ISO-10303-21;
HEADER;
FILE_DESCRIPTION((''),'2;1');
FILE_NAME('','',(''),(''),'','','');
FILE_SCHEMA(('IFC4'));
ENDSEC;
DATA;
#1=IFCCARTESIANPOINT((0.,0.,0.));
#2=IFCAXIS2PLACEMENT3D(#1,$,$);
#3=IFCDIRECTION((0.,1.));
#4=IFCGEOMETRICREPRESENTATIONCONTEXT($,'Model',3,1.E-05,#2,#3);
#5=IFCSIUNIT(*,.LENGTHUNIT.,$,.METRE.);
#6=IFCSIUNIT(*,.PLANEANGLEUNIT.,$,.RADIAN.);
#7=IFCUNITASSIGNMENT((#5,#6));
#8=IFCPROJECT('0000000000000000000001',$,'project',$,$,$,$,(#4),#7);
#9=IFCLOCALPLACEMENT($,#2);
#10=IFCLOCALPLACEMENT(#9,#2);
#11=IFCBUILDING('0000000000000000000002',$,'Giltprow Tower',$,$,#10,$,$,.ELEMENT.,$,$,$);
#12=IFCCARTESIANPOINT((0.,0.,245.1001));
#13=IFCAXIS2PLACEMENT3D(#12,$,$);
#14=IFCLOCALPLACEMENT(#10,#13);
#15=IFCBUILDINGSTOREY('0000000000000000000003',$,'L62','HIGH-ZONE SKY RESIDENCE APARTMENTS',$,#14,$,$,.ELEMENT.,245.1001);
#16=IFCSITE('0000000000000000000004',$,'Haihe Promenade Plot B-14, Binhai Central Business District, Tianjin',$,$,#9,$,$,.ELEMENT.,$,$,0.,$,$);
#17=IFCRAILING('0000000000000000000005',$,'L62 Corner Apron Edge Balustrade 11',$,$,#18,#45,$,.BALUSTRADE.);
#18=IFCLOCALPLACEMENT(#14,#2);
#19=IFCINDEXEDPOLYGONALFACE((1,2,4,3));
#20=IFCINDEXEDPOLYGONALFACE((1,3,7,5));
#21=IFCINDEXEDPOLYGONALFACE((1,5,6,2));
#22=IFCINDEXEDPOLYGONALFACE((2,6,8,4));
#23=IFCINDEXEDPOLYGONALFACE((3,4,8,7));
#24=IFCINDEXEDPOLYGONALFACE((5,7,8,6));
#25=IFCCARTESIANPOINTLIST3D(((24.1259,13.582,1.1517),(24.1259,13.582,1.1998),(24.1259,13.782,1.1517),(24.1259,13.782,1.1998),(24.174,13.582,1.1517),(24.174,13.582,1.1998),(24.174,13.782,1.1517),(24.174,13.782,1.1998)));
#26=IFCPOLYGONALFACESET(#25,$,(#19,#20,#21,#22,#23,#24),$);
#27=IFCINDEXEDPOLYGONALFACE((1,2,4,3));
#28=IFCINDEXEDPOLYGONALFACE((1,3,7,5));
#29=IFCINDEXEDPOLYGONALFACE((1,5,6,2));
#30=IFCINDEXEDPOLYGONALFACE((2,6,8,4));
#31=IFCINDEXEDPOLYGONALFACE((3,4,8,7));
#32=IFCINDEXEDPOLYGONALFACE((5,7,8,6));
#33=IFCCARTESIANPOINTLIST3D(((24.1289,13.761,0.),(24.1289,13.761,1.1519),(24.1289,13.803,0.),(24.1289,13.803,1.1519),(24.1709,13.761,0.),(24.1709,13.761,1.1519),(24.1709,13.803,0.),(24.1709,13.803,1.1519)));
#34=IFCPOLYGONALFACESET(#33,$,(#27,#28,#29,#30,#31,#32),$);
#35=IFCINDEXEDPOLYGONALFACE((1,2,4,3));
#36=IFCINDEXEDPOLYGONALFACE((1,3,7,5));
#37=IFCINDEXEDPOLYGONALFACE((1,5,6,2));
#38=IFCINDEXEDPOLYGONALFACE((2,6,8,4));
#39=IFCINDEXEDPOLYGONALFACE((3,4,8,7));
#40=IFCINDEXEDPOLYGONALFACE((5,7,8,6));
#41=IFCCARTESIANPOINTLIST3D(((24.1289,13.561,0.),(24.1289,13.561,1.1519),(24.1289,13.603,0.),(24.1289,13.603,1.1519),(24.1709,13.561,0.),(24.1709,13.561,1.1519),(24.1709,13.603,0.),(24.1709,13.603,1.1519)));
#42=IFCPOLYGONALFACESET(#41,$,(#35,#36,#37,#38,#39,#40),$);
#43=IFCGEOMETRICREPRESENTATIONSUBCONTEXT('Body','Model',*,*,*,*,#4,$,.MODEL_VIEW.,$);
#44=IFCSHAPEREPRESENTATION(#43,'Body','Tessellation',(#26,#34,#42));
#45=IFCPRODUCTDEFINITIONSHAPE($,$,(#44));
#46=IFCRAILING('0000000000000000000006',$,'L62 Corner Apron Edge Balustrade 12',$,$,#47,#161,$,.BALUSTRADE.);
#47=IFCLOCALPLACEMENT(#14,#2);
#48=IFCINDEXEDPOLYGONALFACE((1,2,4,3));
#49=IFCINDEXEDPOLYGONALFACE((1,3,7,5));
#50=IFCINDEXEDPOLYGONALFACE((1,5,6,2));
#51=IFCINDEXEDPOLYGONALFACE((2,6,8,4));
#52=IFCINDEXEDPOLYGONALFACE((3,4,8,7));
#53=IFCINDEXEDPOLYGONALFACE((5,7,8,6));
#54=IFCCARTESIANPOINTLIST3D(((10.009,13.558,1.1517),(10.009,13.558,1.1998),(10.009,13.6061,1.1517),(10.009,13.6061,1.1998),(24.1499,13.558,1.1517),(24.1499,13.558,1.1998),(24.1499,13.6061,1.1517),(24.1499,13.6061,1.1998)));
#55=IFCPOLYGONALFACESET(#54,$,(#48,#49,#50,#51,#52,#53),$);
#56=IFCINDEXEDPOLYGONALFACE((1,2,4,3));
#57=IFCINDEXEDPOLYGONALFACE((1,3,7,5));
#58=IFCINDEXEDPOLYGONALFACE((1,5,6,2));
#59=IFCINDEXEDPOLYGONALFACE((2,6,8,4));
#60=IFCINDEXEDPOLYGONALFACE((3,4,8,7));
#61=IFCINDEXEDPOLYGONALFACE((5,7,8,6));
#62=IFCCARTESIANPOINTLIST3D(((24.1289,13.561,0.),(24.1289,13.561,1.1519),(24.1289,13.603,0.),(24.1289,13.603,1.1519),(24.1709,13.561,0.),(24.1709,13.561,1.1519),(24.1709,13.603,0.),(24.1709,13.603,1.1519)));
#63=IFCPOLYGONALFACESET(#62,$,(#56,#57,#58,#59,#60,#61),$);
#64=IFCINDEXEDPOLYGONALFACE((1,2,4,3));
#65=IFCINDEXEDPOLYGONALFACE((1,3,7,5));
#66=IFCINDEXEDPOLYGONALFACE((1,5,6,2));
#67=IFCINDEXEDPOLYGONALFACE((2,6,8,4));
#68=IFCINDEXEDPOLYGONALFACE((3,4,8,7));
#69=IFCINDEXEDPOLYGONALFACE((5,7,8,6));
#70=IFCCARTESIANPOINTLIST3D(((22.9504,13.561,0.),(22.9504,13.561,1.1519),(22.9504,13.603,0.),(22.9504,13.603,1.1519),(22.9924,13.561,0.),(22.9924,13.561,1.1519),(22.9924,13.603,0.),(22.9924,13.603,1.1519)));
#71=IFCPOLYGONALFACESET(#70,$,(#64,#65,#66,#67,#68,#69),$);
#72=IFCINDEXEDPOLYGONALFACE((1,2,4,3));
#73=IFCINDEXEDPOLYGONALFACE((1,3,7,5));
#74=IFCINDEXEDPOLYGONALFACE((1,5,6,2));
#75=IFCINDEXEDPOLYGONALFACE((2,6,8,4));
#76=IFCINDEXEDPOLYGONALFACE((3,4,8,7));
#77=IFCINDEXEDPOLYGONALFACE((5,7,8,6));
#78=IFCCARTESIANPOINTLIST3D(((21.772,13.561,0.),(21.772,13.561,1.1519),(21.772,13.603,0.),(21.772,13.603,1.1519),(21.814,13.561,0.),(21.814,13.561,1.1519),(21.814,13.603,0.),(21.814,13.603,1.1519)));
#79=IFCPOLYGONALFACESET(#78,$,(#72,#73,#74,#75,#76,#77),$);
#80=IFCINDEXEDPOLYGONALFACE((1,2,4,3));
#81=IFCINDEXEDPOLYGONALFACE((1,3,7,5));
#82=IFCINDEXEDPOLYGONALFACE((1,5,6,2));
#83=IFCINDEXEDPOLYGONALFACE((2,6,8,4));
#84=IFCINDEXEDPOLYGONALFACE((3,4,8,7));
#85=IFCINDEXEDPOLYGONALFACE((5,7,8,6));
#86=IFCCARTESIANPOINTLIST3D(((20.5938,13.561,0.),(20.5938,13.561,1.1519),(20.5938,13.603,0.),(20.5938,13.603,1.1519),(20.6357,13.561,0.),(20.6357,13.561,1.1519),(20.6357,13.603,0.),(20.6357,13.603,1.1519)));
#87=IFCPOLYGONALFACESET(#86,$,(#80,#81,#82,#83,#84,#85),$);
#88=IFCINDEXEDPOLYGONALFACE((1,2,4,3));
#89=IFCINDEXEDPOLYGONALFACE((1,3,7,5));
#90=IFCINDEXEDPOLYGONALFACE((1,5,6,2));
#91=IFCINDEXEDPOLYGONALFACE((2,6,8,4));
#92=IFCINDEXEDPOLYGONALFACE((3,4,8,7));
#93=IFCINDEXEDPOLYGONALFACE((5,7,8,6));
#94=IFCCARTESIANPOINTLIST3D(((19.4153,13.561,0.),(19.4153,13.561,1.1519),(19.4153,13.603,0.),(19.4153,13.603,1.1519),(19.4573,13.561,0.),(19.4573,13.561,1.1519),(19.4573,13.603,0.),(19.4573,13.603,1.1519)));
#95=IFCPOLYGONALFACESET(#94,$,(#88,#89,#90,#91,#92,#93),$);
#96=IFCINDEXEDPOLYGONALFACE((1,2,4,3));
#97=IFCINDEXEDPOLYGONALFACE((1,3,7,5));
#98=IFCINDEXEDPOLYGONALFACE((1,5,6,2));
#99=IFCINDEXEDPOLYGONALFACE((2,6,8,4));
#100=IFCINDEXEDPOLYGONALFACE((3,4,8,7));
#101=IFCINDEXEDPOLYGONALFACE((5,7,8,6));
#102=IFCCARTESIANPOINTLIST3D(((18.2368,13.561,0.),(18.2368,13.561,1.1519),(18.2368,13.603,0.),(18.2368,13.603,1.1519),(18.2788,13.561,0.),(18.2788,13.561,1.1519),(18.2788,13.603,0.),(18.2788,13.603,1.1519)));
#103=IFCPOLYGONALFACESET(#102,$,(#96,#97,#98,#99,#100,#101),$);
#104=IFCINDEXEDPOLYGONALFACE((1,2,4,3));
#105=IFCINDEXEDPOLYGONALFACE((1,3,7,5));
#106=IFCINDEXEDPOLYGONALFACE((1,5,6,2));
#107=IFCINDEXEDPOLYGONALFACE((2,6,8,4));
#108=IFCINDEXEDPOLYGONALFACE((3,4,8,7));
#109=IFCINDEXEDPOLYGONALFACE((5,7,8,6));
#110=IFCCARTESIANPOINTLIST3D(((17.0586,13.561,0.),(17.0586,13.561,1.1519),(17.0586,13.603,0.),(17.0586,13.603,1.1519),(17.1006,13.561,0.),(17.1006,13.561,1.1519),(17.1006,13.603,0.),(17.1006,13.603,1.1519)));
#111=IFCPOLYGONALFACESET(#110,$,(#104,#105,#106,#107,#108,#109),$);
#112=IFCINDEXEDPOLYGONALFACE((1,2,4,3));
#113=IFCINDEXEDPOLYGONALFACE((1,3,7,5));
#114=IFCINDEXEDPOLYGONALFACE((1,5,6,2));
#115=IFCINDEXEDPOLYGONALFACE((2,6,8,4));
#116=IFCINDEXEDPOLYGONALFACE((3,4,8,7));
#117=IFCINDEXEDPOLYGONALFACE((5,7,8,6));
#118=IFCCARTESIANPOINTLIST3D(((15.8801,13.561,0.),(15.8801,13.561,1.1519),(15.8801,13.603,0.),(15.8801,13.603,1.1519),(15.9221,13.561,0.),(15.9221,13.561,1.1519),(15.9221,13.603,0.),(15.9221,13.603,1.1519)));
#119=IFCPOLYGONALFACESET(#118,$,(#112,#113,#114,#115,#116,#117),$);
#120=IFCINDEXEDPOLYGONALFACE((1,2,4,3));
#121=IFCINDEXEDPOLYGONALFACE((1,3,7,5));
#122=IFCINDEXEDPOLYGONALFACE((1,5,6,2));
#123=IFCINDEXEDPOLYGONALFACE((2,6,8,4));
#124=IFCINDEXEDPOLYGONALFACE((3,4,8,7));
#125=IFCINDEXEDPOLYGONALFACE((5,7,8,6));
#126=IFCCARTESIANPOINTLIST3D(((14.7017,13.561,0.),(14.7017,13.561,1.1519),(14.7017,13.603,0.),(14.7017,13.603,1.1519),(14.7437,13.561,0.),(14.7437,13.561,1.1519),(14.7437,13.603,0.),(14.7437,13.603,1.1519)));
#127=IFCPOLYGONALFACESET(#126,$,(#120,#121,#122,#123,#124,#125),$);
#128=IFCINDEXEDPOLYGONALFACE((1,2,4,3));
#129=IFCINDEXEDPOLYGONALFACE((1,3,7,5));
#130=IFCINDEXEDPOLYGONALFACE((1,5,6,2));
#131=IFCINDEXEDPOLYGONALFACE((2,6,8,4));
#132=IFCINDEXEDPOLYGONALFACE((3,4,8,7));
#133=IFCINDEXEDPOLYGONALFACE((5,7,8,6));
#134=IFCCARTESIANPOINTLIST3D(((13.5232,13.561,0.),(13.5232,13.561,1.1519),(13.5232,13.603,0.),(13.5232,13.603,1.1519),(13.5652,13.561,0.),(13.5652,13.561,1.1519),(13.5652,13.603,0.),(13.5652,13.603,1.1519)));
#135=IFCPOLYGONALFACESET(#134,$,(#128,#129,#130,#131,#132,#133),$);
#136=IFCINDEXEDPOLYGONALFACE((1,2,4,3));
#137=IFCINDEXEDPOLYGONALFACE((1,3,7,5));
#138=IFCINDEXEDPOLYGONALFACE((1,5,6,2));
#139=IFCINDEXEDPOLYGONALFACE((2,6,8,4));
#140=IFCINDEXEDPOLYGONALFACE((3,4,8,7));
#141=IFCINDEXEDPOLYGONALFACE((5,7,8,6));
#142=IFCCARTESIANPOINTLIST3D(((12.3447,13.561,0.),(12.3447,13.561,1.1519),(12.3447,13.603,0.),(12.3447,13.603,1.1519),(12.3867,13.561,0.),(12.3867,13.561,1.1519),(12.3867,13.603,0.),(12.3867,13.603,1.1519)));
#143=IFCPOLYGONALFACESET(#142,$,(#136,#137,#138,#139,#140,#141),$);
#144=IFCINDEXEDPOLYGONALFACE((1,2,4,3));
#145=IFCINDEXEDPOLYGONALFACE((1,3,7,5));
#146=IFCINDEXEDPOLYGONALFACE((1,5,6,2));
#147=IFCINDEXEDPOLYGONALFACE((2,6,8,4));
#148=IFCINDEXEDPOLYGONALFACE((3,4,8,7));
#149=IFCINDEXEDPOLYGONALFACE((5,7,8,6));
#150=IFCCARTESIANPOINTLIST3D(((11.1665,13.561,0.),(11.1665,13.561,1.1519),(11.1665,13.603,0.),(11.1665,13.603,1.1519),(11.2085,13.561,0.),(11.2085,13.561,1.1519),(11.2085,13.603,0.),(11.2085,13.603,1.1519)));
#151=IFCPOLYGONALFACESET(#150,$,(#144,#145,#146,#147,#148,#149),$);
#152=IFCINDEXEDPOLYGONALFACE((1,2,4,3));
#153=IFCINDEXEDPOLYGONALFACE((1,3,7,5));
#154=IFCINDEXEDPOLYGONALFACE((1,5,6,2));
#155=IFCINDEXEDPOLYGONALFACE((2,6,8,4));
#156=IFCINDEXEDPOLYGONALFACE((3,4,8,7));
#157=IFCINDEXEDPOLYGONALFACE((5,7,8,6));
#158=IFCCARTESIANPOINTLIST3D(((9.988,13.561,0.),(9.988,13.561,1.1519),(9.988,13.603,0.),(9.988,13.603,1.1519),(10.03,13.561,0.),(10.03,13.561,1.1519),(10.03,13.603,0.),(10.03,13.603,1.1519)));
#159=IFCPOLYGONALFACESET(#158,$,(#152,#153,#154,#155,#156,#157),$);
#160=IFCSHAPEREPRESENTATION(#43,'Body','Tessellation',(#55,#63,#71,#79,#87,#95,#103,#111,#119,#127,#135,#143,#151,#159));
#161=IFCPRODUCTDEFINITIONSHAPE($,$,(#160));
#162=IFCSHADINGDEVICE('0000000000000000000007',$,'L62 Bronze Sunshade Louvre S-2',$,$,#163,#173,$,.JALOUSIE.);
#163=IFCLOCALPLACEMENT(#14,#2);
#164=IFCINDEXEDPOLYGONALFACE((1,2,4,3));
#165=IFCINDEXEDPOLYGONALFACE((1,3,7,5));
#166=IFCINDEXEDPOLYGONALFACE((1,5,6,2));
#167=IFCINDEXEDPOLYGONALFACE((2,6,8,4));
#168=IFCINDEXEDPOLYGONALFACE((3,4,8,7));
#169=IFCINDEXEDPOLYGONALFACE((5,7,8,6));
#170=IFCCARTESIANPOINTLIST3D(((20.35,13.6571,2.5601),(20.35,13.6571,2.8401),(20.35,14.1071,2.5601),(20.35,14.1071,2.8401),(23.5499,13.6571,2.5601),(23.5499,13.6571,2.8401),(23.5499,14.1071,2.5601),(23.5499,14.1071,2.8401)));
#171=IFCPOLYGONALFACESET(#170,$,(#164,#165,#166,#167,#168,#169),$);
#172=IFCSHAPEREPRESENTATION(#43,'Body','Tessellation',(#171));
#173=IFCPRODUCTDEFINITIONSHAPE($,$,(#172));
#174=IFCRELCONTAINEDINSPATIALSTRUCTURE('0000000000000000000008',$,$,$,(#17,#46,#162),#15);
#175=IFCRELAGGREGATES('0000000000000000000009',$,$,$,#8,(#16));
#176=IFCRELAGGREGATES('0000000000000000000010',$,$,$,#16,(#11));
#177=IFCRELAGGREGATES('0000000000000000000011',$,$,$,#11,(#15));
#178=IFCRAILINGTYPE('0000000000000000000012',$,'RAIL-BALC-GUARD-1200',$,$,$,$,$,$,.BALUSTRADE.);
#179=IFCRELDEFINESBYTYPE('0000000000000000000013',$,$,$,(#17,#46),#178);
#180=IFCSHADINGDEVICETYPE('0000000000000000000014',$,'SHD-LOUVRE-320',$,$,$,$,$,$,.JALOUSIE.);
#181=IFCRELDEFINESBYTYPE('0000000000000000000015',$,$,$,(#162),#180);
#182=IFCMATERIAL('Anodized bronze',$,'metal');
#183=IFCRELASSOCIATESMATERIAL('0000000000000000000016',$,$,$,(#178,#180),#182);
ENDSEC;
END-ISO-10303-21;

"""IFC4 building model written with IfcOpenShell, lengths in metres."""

from ifc_helpers import new_model, si_unit, direction, frame, origin, origin_2d, place, context, subcontext, project, spatial, rectangle, extrude, source, transform, mapped, material, type_object, element, save


model = new_model("IFC4")

# Units and contexts
model_context = context("Model", 3, precision=1e-05, world=origin(), true_north=direction((0.0, 1.0)))
body_context = subcontext(model_context, "Body", "Model", "MODEL_VIEW")
ifc_project = project(units=[si_unit("LENGTHUNIT", "METRE"), si_unit("PLANEANGLEUNIT", "RADIAN")], contexts=[model_context])

# Site, building, storey
site_placement = place(None, origin())
site = spatial("IfcSite", under=ifc_project, at=site_placement, Name="Haihe Promenade Plot B-14, Binhai Central Business District, Tianjin", CompositionType="ELEMENT", RefElevation=0.0)
building_placement = place(site_placement, origin())
building = spatial("IfcBuilding", under=site, at=building_placement, Name="Giltprow Tower", CompositionType="ELEMENT")
storey_placement = place(building_placement, frame((0.0, 0.0, 245.1001)))
storey = spatial("IfcBuildingStorey", under=building, at=storey_placement, Name="L62", Description="HIGH-ZONE SKY RESIDENCE APARTMENTS", CompositionType="ELEMENT", Elevation=245.1001)

# Railings
ifc_material_1 = material(Name="Anodized bronze", Category="metal")
railing_type = type_object("IfcRailingType", Name="RAIL-BALC-GUARD-1200", PredefinedType="BALUSTRADE", material=ifc_material_1)
railing_1_placement = place(storey_placement, frame((24.1499, 13.782, 0.0)))
element("IfcRailing", 1, at=railing_1_placement, inside=storey, type_object=railing_type, Name="L62 Corner Apron Edge Balustrade 11", PredefinedType="BALUSTRADE", context=body_context, shape_type="SweptSolid", body=[
    extrude(rectangle(XDim=0.0481, YDim=0.0481, at=origin_2d()), frame((0.0, 0.0, 1.1758), z_axis=(0.0, -1.0, 0.0), x_axis=(1.0, 0.0, 0.0)), (0.0, 0.0, 1.0), 0.2),
    extrude(rectangle(XDim=0.042, YDim=0.042, at=origin_2d()), origin(), (0.0, 0.0, 1.0), 1.1519),
    extrude(rectangle(XDim=0.042, YDim=0.042, at=origin_2d()), frame((0.0, -0.2, 0.0)), (0.0, 0.0, 1.0), 1.1519),
])
railing_2_placement = place(storey_placement, frame((24.1499, 13.582, 0.0)))
element("IfcRailing", 2, at=railing_2_placement, inside=storey, type_object=railing_type, Name="L62 Corner Apron Edge Balustrade 12", PredefinedType="BALUSTRADE", context=body_context, shape_type="SweptSolid", body=[
    extrude(rectangle(XDim=0.0481, YDim=0.0481, at=origin_2d()), frame((0.0, 0.0, 1.1758), z_axis=(-1.0, 0.0, 0.0), x_axis=(0.0, -1.0, 0.0)), (0.0, 0.0, 1.0), 14.1409),
    extrude(rectangle(XDim=0.042, YDim=0.042, at=origin_2d()), origin(), (0.0, 0.0, 1.0), 1.1519),
    extrude(rectangle(XDim=0.042, YDim=0.042, at=origin_2d()), frame((-1.1785, 0.0, 0.0)), (0.0, 0.0, 1.0), 1.1519),
    extrude(rectangle(XDim=0.042, YDim=0.042, at=origin_2d()), frame((-2.3569, 0.0, 0.0)), (0.0, 0.0, 1.0), 1.1519),
    extrude(rectangle(XDim=0.042, YDim=0.042, at=origin_2d()), frame((-3.5352, 0.0, 0.0)), (0.0, 0.0, 1.0), 1.1519),
    extrude(rectangle(XDim=0.042, YDim=0.042, at=origin_2d()), frame((-4.7136, 0.0, 0.0)), (0.0, 0.0, 1.0), 1.1519),
    extrude(rectangle(XDim=0.042, YDim=0.042, at=origin_2d()), frame((-5.8921, 0.0, 0.0)), (0.0, 0.0, 1.0), 1.1519),
    extrude(rectangle(XDim=0.042, YDim=0.042, at=origin_2d()), frame((-7.0703, 0.0, 0.0)), (0.0, 0.0, 1.0), 1.1519),
    extrude(rectangle(XDim=0.042, YDim=0.042, at=origin_2d()), frame((-8.2488, 0.0, 0.0)), (0.0, 0.0, 1.0), 1.1519),
    extrude(rectangle(XDim=0.042, YDim=0.042, at=origin_2d()), frame((-9.4272, 0.0, 0.0)), (0.0, 0.0, 1.0), 1.1519),
    extrude(rectangle(XDim=0.042, YDim=0.042, at=origin_2d()), frame((-10.6057, 0.0, 0.0)), (0.0, 0.0, 1.0), 1.1519),
    extrude(rectangle(XDim=0.042, YDim=0.042, at=origin_2d()), frame((-11.7842, 0.0, 0.0)), (0.0, 0.0, 1.0), 1.1519),
    extrude(rectangle(XDim=0.042, YDim=0.042, at=origin_2d()), frame((-12.9624, 0.0, 0.0)), (0.0, 0.0, 1.0), 1.1519),
    extrude(rectangle(XDim=0.042, YDim=0.042, at=origin_2d()), frame((-14.1409, 0.0, 0.0)), (0.0, 0.0, 1.0), 1.1519),
])

# Shading device
shading_device_type = type_object("IfcShadingDeviceType", Name="SHD-LOUVRE-320", PredefinedType="JALOUSIE", material=ifc_material_1)
shared_shape_1 = source(origin(), body_context, "Body", "SweptSolid", [
    extrude(rectangle(XDim=3.2, YDim=0.45, at=origin_2d()), origin(), (0.0, 0.0, 1.0), 0.28),
])
shading_device_placement = place(storey_placement, frame((21.95, 13.8821, 2.5601), z_axis=(0.0, 0.0, 1.0), x_axis=(1.0, 0.0, 0.0)))
element("IfcShadingDevice", 3, at=shading_device_placement, inside=storey, type_object=shading_device_type, Name="L62 Bronze Sunshade Louvre S-2", PredefinedType="JALOUSIE", context=body_context, shape_type="MappedRepresentation", body=[
    mapped(shared_shape_1, transform((0.0, 0.0, 0.0), x_axis=(1.0, 0.0, 0.0), y_axis=(0.0, 1.0, 0.0), z_axis=(0.0, 0.0, 1.0), scale=1.0)),
])

save(model, "model.ifc")
